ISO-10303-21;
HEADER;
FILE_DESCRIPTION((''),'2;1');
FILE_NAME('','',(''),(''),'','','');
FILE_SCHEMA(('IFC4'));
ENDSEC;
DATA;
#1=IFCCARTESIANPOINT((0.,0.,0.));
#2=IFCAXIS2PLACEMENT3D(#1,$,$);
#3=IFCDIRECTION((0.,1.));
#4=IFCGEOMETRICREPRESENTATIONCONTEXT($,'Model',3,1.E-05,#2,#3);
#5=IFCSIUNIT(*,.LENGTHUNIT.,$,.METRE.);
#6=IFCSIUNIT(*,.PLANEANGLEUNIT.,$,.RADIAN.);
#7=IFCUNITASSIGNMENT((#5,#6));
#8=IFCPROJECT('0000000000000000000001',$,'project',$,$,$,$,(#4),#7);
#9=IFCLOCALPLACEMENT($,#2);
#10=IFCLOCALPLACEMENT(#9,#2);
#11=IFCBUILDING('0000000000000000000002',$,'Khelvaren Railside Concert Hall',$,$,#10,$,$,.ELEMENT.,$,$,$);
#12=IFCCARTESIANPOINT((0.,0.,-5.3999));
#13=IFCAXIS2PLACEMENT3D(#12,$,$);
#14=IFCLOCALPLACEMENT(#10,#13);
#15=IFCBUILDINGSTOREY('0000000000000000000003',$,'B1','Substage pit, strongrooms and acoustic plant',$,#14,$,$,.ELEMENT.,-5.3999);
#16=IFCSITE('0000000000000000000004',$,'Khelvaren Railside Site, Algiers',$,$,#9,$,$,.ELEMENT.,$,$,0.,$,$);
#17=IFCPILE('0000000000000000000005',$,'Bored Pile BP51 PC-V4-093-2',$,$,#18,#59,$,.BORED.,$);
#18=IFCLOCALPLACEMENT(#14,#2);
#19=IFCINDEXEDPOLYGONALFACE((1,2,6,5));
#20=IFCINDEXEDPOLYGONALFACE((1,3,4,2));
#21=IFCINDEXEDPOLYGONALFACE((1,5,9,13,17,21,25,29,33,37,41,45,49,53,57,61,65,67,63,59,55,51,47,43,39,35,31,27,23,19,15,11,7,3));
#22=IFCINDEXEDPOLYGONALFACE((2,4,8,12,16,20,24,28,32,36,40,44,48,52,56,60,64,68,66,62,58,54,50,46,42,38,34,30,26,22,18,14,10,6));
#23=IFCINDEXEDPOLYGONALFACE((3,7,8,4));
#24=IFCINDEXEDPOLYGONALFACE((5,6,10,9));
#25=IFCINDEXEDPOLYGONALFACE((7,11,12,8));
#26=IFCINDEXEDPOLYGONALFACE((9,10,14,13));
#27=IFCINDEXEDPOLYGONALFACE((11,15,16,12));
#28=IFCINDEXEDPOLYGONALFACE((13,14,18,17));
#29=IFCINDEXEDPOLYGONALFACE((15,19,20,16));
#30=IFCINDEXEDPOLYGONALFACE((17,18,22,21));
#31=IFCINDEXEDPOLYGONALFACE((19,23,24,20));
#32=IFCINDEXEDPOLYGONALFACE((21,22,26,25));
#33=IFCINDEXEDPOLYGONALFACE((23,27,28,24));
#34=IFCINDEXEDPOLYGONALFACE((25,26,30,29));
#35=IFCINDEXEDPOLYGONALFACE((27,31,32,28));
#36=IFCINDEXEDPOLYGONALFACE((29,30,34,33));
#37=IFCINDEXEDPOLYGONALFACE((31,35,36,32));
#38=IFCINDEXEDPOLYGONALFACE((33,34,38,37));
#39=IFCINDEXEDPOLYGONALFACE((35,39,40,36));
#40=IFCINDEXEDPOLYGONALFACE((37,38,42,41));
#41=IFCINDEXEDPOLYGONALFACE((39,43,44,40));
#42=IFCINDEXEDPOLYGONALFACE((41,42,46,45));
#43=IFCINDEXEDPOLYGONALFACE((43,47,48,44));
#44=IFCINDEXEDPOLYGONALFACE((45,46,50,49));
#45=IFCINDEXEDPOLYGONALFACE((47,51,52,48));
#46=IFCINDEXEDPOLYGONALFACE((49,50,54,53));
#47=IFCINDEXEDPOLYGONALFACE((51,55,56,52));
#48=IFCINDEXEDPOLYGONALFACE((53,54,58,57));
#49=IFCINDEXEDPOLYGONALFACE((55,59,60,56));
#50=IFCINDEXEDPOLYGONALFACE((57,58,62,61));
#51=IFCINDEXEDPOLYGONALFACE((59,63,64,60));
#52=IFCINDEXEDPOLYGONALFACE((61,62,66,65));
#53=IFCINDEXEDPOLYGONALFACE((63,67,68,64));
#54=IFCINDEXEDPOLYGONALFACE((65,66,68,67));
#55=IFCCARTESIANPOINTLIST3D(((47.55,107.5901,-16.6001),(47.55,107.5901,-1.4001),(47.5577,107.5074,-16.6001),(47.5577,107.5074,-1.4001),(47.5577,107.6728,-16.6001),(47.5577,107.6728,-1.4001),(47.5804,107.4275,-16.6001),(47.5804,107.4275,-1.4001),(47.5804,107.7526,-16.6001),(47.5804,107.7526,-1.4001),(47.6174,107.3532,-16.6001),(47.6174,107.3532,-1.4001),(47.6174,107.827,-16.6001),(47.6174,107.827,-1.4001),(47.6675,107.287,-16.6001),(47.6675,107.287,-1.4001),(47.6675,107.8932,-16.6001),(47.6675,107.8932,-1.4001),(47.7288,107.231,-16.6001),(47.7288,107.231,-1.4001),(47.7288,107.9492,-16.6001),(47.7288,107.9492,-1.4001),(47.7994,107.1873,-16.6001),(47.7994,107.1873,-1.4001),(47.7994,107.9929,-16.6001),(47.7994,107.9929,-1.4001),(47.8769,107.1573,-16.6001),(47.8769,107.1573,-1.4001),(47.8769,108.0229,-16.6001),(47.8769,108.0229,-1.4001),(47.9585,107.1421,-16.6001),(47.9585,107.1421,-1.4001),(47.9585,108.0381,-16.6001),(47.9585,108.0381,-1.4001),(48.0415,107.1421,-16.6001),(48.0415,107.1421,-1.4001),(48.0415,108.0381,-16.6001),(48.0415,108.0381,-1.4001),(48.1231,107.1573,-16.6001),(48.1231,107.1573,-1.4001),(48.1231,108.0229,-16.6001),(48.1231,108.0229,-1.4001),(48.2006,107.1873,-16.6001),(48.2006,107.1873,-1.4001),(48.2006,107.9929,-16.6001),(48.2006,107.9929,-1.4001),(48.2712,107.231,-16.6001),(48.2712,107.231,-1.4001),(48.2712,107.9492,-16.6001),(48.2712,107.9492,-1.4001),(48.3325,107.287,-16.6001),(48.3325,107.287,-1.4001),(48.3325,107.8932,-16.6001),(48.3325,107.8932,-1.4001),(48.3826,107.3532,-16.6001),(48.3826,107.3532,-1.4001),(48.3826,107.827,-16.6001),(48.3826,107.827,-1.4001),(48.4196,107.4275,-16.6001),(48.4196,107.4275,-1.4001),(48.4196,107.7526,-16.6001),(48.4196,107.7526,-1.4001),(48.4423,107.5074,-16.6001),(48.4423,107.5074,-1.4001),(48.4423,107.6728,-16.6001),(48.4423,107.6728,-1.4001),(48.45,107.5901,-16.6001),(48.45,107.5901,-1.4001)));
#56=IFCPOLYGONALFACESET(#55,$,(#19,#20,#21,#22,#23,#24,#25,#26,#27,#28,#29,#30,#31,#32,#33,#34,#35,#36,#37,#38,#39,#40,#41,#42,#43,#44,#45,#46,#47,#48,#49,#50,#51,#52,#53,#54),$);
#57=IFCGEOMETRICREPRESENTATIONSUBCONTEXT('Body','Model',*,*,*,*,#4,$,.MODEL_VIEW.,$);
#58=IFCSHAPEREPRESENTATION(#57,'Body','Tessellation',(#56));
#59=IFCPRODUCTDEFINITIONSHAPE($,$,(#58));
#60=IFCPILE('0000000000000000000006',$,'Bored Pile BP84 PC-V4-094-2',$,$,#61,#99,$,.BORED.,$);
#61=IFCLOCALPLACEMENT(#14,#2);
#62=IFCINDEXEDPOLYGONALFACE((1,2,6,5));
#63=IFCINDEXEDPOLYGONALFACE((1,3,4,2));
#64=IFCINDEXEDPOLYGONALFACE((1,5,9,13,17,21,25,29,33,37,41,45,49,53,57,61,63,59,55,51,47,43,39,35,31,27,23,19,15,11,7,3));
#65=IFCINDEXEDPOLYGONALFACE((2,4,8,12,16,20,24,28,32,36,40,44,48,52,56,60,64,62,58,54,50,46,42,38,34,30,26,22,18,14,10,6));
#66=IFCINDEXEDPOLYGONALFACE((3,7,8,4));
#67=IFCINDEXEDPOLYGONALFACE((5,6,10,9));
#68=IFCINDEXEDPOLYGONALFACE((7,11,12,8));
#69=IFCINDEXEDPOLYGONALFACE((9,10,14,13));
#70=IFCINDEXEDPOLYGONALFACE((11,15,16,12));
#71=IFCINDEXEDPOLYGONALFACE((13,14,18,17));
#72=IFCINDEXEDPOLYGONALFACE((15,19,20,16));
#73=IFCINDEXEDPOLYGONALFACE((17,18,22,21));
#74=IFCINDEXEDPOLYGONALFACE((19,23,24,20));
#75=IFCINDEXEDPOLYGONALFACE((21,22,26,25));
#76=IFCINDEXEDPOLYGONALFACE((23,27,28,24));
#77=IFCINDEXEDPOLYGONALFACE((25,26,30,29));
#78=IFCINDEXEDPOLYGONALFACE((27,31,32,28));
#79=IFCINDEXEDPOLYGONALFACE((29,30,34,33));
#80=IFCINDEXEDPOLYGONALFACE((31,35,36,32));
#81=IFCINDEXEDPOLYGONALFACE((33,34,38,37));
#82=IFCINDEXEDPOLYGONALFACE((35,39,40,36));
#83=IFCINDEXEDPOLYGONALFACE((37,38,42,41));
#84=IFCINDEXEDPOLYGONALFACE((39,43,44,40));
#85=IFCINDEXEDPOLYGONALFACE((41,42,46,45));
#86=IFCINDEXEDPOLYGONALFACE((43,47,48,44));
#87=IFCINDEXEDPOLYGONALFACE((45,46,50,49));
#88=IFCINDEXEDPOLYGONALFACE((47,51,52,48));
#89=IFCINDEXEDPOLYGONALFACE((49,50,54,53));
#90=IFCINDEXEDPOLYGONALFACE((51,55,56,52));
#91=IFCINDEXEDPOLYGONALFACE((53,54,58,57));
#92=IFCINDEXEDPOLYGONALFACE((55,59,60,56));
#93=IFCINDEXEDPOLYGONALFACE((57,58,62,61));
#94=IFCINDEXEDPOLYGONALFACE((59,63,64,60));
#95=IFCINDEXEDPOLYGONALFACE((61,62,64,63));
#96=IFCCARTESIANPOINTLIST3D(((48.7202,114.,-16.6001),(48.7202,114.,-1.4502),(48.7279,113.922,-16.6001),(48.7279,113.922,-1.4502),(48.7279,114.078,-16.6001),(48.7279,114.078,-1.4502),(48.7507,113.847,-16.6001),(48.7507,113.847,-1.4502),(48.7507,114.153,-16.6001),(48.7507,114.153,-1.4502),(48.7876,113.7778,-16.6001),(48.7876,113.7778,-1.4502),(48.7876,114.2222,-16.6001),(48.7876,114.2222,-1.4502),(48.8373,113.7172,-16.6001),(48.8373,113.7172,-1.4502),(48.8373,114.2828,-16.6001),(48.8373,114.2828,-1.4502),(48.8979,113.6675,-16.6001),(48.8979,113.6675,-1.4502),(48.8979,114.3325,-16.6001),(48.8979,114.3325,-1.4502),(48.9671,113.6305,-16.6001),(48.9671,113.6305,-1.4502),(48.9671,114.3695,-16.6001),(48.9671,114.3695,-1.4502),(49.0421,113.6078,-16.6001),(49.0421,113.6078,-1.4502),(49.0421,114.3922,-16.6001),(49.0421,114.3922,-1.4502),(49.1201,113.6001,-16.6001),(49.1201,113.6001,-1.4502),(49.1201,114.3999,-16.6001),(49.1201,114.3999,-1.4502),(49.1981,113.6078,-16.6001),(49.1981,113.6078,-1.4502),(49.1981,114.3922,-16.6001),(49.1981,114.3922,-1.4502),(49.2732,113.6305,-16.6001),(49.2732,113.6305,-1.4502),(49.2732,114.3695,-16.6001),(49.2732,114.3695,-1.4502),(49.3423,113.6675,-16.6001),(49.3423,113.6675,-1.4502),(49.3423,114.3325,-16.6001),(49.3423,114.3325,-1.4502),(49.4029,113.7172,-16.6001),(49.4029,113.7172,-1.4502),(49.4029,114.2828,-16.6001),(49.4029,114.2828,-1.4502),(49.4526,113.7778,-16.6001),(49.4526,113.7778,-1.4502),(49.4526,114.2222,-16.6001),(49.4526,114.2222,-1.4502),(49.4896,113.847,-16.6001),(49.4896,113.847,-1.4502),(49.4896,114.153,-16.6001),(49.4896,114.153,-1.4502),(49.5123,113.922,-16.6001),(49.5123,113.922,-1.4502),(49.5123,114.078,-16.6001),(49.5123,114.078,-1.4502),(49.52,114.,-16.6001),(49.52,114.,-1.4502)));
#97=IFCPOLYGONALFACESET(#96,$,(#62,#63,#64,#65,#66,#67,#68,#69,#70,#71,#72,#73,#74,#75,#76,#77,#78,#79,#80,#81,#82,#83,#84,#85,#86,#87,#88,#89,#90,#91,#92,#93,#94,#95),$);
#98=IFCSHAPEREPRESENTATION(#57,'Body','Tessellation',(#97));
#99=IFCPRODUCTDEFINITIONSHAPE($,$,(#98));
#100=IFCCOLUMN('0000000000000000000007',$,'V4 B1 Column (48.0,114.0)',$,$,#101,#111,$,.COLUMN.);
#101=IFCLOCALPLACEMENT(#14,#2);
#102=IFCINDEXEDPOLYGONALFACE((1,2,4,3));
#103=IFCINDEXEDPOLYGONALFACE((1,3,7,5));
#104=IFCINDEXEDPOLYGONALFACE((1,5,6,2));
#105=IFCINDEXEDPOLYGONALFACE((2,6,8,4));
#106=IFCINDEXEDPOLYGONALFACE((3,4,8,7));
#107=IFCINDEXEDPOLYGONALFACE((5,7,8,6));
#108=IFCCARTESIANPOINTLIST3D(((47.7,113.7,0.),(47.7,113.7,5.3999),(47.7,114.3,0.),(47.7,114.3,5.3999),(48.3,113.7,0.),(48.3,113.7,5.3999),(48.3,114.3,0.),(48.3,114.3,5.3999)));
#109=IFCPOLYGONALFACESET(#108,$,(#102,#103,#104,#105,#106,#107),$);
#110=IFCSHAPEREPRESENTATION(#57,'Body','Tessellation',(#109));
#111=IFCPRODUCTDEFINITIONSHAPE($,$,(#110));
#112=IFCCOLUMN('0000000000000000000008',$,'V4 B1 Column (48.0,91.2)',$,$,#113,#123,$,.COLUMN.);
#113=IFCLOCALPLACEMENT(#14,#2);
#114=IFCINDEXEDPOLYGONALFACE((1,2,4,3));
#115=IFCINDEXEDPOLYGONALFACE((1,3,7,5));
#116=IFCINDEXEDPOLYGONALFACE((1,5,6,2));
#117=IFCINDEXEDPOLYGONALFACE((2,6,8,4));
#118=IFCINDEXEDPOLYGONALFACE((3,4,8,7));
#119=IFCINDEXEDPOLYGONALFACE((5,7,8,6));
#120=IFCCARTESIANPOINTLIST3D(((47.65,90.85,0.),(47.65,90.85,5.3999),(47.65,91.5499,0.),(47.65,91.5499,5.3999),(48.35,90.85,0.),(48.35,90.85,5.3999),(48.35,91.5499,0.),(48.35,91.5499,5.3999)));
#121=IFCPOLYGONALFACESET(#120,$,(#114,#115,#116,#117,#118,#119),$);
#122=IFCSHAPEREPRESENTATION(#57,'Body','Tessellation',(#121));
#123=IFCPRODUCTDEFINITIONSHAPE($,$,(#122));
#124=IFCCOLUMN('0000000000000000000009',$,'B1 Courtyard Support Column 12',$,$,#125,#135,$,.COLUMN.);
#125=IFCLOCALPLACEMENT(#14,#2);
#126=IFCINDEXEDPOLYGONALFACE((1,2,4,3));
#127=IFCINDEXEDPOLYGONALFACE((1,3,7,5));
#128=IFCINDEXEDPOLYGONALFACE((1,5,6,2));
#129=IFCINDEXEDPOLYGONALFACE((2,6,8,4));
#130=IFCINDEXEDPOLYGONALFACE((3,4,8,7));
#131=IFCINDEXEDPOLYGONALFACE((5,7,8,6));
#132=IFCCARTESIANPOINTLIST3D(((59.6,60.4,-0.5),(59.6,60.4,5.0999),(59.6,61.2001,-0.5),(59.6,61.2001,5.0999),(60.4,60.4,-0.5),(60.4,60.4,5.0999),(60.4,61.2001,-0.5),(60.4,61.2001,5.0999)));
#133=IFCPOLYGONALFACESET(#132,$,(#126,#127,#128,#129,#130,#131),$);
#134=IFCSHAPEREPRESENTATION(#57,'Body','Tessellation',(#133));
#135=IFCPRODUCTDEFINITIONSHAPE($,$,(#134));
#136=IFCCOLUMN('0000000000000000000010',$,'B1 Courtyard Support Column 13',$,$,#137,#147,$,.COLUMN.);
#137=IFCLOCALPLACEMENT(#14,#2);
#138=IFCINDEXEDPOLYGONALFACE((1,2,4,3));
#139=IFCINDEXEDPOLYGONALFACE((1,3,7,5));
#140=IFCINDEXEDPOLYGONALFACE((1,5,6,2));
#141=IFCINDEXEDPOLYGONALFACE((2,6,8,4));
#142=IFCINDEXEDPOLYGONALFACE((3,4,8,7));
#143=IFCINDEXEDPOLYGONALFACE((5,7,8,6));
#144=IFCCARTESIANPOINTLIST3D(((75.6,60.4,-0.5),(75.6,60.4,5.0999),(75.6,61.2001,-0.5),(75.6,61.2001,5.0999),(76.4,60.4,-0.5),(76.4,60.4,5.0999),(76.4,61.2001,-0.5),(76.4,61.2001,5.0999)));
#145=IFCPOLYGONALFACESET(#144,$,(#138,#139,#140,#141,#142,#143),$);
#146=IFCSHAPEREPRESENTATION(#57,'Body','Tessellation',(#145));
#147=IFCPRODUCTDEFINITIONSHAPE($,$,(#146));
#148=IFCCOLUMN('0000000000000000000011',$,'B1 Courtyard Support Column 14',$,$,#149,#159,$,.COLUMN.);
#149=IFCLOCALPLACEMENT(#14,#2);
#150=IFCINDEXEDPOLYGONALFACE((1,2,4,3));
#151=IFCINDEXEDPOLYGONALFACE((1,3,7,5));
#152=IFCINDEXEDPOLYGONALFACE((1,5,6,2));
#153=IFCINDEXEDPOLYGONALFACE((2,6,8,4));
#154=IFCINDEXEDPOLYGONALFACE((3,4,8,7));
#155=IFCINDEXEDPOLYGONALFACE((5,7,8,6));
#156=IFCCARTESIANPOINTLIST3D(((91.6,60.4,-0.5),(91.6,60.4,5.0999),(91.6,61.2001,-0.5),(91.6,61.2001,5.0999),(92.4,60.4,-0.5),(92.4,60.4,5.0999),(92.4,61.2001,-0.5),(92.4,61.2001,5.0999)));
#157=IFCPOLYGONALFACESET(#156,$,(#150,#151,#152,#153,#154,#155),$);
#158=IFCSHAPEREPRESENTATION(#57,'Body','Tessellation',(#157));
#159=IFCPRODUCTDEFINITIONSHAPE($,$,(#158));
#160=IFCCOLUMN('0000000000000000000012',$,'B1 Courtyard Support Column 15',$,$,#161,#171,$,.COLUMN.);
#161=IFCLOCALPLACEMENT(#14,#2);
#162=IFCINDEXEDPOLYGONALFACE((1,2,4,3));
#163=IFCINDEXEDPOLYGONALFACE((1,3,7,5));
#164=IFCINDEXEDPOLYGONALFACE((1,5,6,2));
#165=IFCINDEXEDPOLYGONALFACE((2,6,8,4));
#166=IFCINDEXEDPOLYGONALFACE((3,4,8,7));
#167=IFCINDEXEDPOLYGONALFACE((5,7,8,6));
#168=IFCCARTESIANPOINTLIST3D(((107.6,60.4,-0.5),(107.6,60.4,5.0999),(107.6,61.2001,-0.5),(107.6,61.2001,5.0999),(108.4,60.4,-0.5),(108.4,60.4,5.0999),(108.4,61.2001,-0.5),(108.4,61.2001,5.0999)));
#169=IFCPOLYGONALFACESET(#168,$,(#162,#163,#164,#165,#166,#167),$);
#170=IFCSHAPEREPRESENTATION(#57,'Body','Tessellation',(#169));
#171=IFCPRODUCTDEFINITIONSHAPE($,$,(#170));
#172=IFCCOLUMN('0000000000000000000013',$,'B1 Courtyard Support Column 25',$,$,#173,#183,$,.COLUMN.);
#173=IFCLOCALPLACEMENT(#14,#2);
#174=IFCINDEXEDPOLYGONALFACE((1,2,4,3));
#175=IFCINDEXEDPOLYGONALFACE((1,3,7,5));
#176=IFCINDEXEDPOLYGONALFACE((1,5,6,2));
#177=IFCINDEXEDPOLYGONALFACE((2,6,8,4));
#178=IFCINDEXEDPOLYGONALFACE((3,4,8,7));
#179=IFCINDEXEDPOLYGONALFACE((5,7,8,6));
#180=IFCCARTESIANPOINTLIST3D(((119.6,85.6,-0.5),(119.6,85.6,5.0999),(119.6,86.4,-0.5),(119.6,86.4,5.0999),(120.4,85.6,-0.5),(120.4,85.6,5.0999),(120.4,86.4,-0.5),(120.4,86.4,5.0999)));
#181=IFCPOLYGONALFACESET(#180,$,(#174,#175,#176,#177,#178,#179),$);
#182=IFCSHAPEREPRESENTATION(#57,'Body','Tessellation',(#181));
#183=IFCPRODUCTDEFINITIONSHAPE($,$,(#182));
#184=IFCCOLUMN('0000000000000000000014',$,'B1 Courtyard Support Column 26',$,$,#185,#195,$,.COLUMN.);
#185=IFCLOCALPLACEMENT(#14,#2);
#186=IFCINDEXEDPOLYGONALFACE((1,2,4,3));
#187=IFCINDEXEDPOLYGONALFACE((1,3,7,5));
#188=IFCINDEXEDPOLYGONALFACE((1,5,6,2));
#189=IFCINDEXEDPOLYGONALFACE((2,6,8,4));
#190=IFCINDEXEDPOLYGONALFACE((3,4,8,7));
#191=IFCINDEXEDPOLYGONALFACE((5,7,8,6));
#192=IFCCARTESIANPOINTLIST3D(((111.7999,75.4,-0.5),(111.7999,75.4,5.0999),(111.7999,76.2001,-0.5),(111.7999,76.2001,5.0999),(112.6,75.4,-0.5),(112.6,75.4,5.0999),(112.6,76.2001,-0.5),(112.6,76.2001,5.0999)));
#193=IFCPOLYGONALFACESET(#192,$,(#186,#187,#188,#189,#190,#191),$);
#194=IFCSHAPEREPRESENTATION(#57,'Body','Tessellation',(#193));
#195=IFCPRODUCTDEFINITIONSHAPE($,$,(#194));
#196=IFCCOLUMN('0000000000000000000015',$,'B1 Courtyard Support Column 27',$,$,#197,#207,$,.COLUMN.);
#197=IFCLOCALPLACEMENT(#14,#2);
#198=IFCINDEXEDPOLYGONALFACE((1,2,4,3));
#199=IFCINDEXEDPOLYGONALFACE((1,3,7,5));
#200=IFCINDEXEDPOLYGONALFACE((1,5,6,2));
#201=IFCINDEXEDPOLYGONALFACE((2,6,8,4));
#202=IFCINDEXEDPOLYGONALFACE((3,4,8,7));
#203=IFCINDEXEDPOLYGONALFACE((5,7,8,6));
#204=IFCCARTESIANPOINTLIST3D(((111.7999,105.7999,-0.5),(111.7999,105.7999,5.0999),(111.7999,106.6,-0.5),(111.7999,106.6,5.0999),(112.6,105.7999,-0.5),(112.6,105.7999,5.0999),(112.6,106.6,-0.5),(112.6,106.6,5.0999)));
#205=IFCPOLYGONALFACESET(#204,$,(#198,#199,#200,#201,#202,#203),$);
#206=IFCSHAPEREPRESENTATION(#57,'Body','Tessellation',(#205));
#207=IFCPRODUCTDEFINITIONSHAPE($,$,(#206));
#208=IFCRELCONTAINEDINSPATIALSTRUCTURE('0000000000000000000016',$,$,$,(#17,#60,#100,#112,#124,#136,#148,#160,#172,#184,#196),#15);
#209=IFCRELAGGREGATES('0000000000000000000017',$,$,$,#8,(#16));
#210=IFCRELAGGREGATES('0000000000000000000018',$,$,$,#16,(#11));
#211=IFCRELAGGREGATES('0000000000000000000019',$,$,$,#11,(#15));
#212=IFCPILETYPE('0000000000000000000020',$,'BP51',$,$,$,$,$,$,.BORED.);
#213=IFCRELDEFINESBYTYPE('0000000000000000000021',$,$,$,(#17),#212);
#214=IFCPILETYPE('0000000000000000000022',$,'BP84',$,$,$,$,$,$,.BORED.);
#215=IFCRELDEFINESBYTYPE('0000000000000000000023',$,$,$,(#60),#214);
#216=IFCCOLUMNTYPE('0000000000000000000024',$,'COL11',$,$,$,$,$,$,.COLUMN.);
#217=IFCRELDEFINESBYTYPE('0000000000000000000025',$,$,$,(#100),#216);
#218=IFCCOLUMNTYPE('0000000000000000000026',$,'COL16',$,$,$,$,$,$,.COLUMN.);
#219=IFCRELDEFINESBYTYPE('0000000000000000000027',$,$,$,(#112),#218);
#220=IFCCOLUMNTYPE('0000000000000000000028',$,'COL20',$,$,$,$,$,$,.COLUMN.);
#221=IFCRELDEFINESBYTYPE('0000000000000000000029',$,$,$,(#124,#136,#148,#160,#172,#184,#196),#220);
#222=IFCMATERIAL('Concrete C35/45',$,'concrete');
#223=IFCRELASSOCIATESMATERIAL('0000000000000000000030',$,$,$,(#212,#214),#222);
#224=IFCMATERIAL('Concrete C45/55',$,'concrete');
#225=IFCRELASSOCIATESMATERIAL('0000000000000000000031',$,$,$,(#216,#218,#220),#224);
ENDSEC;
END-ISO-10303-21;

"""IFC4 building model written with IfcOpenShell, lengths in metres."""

from ifc_helpers import new_model, si_unit, direction, frame, origin, origin_2d, place, context, subcontext, project, spatial, rectangle, circle, extrude, material, material_profile, profile_set, type_object, element, save


model = new_model("IFC4")

# Units and contexts
model_context = context("Model", 3, precision=1e-05, world=origin(), true_north=direction((0.0, 1.0)))
body_context = subcontext(model_context, "Body", "Model", "MODEL_VIEW")
ifc_project = project(units=[si_unit("LENGTHUNIT", "METRE"), si_unit("PLANEANGLEUNIT", "RADIAN")], contexts=[model_context])

# Site, building, storey
site_placement = place(None, origin())
site = spatial("IfcSite", under=ifc_project, at=site_placement, Name="Khelvaren Railside Site, Algiers", CompositionType="ELEMENT", RefElevation=0.0)
building_placement = place(site_placement, origin())
building = spatial("IfcBuilding", under=site, at=building_placement, Name="Khelvaren Railside Concert Hall", CompositionType="ELEMENT")
storey_placement = place(building_placement, frame((0.0, 0.0, -5.3999)))
storey = spatial("IfcBuildingStorey", under=building, at=storey_placement, Name="B1", Description="Substage pit, strongrooms and acoustic plant", CompositionType="ELEMENT", Elevation=-5.3999)

# Piles
ifc_material_1 = material(Name="Concrete C35/45", Category="concrete")
ifc_material_profile_1 = material_profile(ifc_material_1, circle(Radius=0.45, at=origin_2d()), Name="BP D900")
ifc_profile_set_1 = profile_set([ifc_material_profile_1], Name="Concrete C35/45")
pile_type_1 = type_object("IfcPileType", Name="BP51", PredefinedType="BORED", material=ifc_profile_set_1)
for number, where, z_axis, x_axis, name in (
    (1, (48.0, 107.5901, -1.4001), (0.0, 0.0, -1.0), (1.0, 0.0, 0.0), "Bored Pile BP51 PC-V4-093-2"),
):
    element("IfcPile", number, at=place(storey_placement, frame(where, z_axis=z_axis, x_axis=x_axis)), inside=storey, type_object=pile_type_1, Name=name, PredefinedType="BORED", context=body_context, shape_type="SweptSolid", body=[
        extrude(circle(Radius=0.45, at=origin_2d()), origin(), (0.0, 0.0, 1.0), 15.2),
    ])
ifc_material_profile_2 = material_profile(ifc_material_1, circle(Radius=0.3999, at=origin_2d()), Name="BP D800")
ifc_profile_set_2 = profile_set([ifc_material_profile_2], Name="Concrete C35/45")
pile_type_2 = type_object("IfcPileType", Name="BP84", PredefinedType="BORED", material=ifc_profile_set_2)
pile_1_placement = place(storey_placement, frame((49.1201, 114.0, -1.4502), z_axis=(0.0, 0.0, -1.0), x_axis=(1.0, 0.0, 0.0)))
element("IfcPile", 2, at=pile_1_placement, inside=storey, type_object=pile_type_2, Name="Bored Pile BP84 PC-V4-094-2", PredefinedType="BORED", context=body_context, shape_type="SweptSolid", body=[
    extrude(circle(Radius=0.3999, at=origin_2d()), origin(), (0.0, 0.0, 1.0), 15.1499),
])

# Columns
ifc_material_2 = material(Name="Concrete C45/55", Category="concrete")
ifc_material_profile_3 = material_profile(ifc_material_2, rectangle(XDim=0.6001, YDim=0.6001, at=origin_2d()), Name="RC 600x600")
ifc_profile_set_3 = profile_set([ifc_material_profile_3], Name="Concrete C45/55")
column_type_1 = type_object("IfcColumnType", Name="COL11", PredefinedType="COLUMN", material=ifc_profile_set_3)
column_1_placement = place(storey_placement, frame((48.0, 114.0, 0.0), z_axis=(0.0, 0.0, 1.0), x_axis=(1.0, 0.0, 0.0)))
element("IfcColumn", 3, at=column_1_placement, inside=storey, type_object=column_type_1, Name="V4 B1 Column (48.0,114.0)", PredefinedType="COLUMN", context=body_context, shape_type="SweptSolid", body=[
    extrude(rectangle(XDim=0.6001, YDim=0.6001, at=origin_2d()), origin(), (0.0, 0.0, 1.0), 5.3999),
])
ifc_material_profile_4 = material_profile(ifc_material_2, rectangle(XDim=0.7, YDim=0.7, at=origin_2d()), Name="RC 700x700")
ifc_profile_set_4 = profile_set([ifc_material_profile_4], Name="Concrete C45/55")
column_type_2 = type_object("IfcColumnType", Name="COL16", PredefinedType="COLUMN", material=ifc_profile_set_4)
column_2_placement = place(storey_placement, frame((48.0, 91.2, 0.0), z_axis=(0.0, 0.0, 1.0), x_axis=(1.0, 0.0, 0.0)))
element("IfcColumn", 4, at=column_2_placement, inside=storey, type_object=column_type_2, Name="V4 B1 Column (48.0,91.2)", PredefinedType="COLUMN", context=body_context, shape_type="SweptSolid", body=[
    extrude(rectangle(XDim=0.7, YDim=0.7, at=origin_2d()), origin(), (0.0, 0.0, 1.0), 5.3999),
])
ifc_material_profile_5 = material_profile(ifc_material_2, rectangle(XDim=0.8, YDim=0.8, at=origin_2d()), Name="RC 800x800")
ifc_profile_set_5 = profile_set([ifc_material_profile_5], Name="Concrete C45/55")
column_type_3 = type_object("IfcColumnType", Name="COL20", PredefinedType="COLUMN", material=ifc_profile_set_5)
for number, where, z_axis, x_axis, name in (
    (5, (60.0, 60.8, -0.5), (0.0, 0.0, 1.0), (1.0, 0.0, 0.0), "B1 Courtyard Support Column 12"),
    (6, (76.0, 60.8, -0.5), (0.0, 0.0, 1.0), (1.0, 0.0, 0.0), "B1 Courtyard Support Column 13"),
    (7, (92.0, 60.8, -0.5), (0.0, 0.0, 1.0), (1.0, 0.0, 0.0), "B1 Courtyard Support Column 14"),
    (8, (108.0, 60.8, -0.5), (0.0, 0.0, 1.0), (1.0, 0.0, 0.0), "B1 Courtyard Support Column 15"),
    (9, (120.0, 86.0, -0.5), (0.0, 0.0, 1.0), (1.0, 0.0, 0.0), "B1 Courtyard Support Column 25"),
    (10, (112.2, 75.8, -0.5), (0.0, 0.0, 1.0), (1.0, 0.0, 0.0), "B1 Courtyard Support Column 26"),
    (11, (112.2, 106.2, -0.5), (0.0, 0.0, 1.0), (1.0, 0.0, 0.0), "B1 Courtyard Support Column 27"),
):
    element("IfcColumn", number, at=place(storey_placement, frame(where, z_axis=z_axis, x_axis=x_axis)), inside=storey, type_object=column_type_3, Name=name, PredefinedType="COLUMN", context=body_context, shape_type="SweptSolid", body=[
        extrude(rectangle(XDim=0.8, YDim=0.8, at=origin_2d()), origin(), (0.0, 0.0, 1.0), 5.5999),
    ])

save(model, "model.ifc")
